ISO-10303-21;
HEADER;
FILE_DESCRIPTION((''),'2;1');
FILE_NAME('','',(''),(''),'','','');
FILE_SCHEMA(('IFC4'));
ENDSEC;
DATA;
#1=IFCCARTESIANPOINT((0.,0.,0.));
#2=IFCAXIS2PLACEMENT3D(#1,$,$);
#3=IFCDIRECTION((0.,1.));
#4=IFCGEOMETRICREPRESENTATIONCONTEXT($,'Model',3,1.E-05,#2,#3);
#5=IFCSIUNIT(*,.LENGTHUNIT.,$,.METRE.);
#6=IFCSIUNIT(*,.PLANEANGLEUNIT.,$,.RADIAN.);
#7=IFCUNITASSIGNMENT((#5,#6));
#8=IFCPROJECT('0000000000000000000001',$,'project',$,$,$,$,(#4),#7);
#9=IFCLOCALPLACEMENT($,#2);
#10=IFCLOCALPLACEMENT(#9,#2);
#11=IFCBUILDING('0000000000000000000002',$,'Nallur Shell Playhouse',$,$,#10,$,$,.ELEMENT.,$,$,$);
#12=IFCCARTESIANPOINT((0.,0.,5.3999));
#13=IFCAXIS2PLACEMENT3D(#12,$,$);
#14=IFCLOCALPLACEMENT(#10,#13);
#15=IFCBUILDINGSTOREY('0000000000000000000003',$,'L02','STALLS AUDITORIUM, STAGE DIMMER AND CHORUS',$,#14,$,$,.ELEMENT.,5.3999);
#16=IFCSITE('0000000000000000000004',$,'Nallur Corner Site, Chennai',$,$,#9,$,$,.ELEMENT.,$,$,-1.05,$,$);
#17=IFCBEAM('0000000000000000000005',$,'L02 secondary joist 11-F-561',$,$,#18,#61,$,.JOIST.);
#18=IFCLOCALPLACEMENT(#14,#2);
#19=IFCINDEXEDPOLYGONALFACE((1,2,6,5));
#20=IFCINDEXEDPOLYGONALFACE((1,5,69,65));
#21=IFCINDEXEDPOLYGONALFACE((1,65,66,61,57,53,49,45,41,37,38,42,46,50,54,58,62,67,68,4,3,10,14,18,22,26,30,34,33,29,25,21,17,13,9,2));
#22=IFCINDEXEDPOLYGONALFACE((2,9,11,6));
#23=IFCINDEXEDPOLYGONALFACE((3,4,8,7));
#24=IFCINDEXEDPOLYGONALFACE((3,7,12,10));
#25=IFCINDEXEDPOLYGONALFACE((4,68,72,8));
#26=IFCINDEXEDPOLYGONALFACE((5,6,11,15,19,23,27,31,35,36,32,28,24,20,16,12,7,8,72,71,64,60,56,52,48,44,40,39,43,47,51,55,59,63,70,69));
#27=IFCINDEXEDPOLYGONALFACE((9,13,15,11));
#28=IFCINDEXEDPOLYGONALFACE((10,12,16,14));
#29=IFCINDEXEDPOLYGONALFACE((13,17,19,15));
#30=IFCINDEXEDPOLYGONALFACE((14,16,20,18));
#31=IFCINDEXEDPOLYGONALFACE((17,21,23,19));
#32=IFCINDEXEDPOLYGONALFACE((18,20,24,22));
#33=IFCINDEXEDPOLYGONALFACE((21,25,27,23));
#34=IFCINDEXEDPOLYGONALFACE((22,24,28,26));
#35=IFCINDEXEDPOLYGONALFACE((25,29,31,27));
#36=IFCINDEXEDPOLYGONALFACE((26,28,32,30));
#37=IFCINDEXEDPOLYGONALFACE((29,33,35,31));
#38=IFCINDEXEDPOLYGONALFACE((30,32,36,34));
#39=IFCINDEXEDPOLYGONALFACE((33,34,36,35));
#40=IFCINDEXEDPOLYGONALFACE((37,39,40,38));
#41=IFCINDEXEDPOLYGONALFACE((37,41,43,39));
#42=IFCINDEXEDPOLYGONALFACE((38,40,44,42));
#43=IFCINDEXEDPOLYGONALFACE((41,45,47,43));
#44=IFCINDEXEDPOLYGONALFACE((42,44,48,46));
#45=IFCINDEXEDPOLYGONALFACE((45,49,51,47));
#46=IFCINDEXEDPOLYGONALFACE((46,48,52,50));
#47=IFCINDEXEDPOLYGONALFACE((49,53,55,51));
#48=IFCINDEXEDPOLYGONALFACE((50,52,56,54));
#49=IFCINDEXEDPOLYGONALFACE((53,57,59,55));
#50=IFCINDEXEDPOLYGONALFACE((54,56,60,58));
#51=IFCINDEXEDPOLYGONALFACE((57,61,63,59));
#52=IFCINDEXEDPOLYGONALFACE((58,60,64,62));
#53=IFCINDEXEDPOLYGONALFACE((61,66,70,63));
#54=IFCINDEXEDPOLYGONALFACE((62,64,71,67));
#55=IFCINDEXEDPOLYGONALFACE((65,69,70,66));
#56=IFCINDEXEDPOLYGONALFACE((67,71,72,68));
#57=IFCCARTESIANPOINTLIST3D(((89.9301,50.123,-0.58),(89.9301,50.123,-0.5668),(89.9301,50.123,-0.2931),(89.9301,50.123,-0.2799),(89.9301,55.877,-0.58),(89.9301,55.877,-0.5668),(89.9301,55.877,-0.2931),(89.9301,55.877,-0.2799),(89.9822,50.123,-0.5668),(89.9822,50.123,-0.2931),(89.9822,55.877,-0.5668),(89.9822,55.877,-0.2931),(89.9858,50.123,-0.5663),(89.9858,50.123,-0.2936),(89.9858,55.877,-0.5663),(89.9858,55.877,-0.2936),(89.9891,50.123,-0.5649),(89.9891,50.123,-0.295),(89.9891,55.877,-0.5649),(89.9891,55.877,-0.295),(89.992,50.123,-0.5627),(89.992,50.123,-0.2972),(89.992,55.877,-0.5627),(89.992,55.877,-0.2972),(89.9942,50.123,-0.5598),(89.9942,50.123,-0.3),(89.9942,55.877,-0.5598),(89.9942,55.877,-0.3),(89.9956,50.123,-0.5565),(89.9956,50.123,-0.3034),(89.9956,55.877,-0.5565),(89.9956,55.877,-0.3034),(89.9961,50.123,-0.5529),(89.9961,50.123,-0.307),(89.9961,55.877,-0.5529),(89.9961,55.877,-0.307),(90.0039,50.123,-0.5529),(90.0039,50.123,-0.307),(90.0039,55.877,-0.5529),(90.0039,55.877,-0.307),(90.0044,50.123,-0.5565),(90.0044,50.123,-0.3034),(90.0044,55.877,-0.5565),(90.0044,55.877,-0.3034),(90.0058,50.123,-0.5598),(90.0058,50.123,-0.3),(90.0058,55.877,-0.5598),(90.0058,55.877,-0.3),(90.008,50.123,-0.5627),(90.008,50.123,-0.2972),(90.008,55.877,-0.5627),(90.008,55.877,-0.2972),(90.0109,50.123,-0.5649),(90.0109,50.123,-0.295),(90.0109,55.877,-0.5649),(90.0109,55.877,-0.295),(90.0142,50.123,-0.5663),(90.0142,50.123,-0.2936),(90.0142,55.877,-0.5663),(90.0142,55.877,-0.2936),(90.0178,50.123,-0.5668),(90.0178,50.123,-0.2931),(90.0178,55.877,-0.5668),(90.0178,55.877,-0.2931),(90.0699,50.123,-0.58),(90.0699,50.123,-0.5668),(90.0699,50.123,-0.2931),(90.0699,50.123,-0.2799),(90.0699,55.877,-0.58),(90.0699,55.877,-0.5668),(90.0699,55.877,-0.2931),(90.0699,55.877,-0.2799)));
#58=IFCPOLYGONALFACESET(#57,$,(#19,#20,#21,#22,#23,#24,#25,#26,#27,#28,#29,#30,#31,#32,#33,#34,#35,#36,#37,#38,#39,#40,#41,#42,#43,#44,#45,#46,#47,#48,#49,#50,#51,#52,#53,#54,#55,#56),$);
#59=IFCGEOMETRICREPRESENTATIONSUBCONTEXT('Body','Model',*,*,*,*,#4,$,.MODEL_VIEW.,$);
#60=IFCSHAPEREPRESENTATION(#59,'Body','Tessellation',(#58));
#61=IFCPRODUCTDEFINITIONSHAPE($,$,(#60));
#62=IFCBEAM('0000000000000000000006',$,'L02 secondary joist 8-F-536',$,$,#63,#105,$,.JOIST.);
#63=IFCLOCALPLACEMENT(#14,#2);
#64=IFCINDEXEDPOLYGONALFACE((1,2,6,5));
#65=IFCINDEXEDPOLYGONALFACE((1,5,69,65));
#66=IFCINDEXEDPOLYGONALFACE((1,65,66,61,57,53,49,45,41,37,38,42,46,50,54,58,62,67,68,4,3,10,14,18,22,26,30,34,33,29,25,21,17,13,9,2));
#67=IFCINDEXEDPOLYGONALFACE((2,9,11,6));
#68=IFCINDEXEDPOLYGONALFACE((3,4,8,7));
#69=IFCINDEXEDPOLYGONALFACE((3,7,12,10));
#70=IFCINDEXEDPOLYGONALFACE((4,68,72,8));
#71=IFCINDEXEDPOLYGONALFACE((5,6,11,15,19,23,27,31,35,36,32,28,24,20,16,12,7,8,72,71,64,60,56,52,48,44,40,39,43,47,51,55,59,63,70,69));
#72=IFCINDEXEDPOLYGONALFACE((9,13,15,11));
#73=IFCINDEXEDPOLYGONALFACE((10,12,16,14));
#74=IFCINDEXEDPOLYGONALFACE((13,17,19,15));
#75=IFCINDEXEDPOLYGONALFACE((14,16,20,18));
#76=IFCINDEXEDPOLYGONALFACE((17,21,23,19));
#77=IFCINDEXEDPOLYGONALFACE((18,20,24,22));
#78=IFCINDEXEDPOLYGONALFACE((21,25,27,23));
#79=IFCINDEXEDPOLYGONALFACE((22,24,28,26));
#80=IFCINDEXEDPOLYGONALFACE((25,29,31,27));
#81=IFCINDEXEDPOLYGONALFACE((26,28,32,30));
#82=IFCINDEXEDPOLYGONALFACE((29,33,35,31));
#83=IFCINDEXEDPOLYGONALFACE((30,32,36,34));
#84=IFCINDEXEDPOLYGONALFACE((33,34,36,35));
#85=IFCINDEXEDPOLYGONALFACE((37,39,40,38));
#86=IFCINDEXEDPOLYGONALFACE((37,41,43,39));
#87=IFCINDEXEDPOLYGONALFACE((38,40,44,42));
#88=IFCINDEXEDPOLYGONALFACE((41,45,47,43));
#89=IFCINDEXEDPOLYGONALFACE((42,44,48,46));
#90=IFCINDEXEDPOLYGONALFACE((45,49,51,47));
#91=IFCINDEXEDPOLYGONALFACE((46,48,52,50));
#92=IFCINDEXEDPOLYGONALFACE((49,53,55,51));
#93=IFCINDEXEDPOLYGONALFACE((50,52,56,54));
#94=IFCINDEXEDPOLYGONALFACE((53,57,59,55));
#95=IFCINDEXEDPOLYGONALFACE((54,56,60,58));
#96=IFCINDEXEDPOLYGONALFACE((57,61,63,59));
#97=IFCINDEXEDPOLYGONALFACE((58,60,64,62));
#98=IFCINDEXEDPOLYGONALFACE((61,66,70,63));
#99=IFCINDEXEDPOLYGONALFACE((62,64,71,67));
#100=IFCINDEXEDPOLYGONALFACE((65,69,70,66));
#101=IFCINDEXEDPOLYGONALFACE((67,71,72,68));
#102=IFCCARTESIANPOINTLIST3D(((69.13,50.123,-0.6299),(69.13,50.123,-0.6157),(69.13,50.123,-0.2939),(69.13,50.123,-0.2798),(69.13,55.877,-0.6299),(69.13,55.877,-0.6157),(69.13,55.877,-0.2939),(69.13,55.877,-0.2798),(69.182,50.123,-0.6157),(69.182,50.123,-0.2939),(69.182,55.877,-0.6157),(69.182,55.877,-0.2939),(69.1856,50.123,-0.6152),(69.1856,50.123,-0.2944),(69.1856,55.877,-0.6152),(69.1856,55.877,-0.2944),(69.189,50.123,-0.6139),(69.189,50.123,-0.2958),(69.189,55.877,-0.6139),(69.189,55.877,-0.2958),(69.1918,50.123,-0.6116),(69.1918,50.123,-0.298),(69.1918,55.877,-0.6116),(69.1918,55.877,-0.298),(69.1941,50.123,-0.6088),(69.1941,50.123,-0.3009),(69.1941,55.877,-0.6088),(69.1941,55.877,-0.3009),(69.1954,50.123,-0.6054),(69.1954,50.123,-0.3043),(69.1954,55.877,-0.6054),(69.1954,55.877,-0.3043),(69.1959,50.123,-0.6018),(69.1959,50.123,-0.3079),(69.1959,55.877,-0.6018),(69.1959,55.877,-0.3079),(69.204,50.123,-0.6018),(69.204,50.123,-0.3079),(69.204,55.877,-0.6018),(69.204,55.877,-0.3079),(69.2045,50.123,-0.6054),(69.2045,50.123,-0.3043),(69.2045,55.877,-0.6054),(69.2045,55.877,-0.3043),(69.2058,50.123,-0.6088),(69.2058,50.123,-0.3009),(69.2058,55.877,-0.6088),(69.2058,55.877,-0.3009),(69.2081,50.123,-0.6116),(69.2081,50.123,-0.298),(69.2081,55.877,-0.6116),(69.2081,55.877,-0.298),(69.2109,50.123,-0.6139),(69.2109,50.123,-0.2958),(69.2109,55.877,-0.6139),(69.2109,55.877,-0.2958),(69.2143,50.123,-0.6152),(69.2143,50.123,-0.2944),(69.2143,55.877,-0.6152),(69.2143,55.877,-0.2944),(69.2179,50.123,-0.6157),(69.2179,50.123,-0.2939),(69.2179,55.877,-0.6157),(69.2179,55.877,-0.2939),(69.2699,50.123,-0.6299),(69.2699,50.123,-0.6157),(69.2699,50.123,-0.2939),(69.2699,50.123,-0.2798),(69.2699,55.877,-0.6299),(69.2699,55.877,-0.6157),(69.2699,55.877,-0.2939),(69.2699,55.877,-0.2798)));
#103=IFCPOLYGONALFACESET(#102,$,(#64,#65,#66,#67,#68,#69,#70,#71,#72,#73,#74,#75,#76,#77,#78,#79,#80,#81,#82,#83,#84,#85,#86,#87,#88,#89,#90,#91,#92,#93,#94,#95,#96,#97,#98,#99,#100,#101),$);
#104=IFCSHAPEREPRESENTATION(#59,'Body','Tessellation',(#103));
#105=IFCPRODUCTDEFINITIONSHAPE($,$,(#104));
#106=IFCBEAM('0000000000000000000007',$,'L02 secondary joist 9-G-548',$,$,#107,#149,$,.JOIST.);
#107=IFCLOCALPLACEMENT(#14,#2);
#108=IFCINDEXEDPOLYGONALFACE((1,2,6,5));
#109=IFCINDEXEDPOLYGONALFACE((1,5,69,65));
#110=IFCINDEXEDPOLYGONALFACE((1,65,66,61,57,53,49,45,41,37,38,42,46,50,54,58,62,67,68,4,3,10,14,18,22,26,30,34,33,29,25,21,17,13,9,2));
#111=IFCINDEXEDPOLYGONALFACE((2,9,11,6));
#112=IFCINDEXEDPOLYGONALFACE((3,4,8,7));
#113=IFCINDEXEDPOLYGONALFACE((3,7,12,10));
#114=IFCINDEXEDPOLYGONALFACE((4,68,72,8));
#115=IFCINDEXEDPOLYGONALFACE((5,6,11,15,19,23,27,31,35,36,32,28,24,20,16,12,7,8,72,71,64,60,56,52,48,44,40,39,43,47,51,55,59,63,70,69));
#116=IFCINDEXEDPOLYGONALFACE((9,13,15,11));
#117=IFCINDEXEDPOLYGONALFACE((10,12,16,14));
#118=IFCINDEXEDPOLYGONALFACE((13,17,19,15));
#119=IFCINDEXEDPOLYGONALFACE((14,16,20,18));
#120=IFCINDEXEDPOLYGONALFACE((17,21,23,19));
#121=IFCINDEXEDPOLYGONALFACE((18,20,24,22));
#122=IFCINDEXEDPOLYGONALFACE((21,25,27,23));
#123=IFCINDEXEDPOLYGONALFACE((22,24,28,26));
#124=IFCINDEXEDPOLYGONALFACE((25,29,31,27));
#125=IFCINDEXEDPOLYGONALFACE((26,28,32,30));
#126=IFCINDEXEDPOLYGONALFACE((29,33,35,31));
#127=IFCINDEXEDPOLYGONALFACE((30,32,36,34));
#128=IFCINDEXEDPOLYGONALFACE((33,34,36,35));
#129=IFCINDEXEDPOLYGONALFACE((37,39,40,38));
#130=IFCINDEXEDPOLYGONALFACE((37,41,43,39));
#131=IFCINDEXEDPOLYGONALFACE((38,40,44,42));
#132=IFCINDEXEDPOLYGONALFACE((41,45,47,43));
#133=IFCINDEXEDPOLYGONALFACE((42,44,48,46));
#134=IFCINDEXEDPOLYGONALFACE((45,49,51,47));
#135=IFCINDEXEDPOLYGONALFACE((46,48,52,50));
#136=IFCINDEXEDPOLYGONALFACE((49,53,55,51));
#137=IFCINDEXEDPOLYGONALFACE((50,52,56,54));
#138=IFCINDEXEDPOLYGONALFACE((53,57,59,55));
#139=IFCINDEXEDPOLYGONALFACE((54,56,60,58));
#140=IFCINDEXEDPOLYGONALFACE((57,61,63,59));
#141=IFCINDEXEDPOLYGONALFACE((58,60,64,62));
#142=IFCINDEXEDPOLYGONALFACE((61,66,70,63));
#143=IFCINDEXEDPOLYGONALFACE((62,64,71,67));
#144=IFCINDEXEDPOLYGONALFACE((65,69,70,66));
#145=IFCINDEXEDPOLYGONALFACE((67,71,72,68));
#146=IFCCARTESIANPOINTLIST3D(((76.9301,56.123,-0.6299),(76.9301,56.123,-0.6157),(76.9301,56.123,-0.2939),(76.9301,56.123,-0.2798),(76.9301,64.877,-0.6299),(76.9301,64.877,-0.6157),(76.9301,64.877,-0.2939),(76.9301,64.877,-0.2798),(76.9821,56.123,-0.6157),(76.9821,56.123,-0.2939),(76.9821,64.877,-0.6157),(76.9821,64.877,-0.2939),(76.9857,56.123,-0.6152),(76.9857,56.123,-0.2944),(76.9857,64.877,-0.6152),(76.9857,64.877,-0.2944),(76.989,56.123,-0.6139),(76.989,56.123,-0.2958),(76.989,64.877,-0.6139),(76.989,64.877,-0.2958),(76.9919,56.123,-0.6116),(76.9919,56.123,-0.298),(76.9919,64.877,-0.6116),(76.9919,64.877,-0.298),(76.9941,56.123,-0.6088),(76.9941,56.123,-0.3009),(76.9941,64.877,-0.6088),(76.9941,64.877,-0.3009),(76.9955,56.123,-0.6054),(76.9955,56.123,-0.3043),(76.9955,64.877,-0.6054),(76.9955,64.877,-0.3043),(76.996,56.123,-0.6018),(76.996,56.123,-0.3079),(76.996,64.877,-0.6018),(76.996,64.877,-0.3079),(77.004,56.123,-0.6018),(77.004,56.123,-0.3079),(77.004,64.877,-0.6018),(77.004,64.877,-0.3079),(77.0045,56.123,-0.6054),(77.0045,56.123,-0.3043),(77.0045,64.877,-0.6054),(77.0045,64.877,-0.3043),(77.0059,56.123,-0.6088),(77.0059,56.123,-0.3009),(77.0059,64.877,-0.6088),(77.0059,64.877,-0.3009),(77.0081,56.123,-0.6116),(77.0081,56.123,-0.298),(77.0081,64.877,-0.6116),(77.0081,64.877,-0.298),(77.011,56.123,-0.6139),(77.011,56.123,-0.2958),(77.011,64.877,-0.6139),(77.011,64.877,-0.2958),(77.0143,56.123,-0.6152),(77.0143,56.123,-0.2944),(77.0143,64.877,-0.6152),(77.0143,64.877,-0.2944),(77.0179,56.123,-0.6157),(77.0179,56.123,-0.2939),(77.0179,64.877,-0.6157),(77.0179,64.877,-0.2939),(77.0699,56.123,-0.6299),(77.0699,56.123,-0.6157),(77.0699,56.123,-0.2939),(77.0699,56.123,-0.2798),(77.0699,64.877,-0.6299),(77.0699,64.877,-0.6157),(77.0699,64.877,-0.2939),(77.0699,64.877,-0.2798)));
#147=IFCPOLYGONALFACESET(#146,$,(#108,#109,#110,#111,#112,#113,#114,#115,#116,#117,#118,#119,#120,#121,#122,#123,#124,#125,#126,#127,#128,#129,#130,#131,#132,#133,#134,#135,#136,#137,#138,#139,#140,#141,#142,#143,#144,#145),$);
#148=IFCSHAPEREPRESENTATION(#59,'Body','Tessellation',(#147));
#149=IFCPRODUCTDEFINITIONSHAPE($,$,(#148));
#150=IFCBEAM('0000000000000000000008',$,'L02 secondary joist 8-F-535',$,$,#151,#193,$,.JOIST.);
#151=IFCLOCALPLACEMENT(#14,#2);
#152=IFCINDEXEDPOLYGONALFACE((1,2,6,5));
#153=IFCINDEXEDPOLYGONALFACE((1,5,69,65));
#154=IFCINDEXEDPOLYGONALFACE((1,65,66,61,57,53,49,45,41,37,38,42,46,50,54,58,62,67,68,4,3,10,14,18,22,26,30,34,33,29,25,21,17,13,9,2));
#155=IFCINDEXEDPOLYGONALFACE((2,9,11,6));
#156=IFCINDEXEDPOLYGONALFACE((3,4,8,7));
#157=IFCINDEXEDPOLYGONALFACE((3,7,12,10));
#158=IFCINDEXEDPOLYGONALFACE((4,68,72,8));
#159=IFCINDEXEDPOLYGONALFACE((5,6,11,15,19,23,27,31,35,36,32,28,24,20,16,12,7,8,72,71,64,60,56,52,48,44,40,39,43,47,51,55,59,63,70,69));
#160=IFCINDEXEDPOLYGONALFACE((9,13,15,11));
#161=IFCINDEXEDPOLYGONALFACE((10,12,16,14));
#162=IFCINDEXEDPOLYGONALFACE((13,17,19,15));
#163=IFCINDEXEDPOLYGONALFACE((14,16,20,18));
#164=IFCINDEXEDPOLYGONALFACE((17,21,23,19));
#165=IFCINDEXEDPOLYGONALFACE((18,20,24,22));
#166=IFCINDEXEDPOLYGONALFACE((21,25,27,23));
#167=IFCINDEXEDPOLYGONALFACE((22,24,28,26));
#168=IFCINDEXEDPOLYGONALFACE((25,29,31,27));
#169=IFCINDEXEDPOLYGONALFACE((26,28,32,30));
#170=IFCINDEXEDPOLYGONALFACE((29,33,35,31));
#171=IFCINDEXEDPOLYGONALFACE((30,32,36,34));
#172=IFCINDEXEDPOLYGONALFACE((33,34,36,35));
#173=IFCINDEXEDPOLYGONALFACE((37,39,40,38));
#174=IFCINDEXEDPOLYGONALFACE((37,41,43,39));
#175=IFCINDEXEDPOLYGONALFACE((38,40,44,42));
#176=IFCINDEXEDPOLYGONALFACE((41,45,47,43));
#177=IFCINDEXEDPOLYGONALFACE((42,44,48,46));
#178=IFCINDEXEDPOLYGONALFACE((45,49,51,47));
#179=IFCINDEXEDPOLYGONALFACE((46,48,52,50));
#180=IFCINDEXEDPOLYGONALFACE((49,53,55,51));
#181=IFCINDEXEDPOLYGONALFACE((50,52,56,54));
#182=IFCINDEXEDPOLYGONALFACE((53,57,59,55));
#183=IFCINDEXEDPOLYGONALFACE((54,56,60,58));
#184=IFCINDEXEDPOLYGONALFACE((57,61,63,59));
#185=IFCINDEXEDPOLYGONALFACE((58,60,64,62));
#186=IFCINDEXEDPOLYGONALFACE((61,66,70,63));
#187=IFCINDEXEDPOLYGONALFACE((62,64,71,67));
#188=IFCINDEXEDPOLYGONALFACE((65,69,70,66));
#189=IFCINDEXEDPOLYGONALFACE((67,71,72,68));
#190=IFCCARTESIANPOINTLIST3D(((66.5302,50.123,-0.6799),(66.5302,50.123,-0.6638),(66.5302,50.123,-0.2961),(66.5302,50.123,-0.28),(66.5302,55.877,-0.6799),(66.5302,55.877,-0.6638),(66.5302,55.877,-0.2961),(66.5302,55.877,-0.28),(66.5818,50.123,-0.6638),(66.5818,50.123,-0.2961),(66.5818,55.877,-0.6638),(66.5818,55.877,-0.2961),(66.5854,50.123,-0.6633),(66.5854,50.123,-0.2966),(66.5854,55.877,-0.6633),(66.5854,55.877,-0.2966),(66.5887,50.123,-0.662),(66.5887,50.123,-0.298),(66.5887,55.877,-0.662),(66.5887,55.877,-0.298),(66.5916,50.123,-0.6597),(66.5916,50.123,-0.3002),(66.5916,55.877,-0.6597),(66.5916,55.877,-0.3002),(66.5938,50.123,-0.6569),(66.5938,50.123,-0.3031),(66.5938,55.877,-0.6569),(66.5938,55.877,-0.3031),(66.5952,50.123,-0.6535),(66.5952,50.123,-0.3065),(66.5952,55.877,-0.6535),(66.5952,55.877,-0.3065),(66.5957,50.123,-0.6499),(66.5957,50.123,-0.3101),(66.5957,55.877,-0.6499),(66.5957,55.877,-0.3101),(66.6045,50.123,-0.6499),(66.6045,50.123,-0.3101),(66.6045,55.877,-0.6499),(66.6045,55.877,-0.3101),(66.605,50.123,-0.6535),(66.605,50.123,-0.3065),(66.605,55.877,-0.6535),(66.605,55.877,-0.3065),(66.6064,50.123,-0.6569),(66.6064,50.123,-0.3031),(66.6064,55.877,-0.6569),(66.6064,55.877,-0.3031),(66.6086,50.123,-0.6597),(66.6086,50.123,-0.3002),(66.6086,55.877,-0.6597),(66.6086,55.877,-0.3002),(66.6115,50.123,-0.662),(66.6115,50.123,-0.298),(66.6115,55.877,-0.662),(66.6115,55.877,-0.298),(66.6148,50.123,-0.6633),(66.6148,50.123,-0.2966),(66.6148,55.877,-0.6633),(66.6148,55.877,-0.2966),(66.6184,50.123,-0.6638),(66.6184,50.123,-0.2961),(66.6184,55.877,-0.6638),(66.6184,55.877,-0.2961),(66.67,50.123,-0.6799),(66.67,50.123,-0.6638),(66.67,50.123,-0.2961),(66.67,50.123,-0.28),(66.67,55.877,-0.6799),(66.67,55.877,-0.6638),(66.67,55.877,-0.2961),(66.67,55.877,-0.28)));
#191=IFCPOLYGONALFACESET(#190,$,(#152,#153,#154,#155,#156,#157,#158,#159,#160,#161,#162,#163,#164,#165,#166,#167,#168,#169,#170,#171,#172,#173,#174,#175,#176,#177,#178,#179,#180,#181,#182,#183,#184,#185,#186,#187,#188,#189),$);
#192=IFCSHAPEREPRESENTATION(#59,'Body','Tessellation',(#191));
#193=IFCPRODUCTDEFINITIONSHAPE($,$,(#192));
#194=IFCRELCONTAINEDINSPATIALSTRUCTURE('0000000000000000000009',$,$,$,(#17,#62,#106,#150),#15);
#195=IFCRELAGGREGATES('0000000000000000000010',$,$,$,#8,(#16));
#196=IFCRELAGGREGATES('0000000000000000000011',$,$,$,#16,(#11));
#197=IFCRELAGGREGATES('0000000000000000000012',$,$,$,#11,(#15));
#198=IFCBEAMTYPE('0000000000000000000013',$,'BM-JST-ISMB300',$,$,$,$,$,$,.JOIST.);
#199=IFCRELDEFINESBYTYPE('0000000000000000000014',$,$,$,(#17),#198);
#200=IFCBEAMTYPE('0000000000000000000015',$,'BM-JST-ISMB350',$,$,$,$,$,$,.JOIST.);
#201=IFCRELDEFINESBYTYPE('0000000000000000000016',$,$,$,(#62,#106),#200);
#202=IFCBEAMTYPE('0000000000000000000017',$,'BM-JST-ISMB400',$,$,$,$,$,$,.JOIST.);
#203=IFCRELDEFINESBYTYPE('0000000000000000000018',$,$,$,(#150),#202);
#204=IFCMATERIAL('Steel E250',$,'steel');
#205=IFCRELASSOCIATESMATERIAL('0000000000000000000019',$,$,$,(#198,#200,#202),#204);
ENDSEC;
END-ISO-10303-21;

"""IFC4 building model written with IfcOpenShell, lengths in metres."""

from ifc_helpers import new_model, si_unit, direction, frame, origin, origin_2d, place, context, subcontext, project, spatial, i_section, extrude, material, material_profile, profile_set, type_object, element, save


model = new_model("IFC4")

# Units and contexts
model_context = context("Model", 3, precision=1e-05, world=origin(), true_north=direction((0.0, 1.0)))
body_context = subcontext(model_context, "Body", "Model", "MODEL_VIEW")
ifc_project = project(units=[si_unit("LENGTHUNIT", "METRE"), si_unit("PLANEANGLEUNIT", "RADIAN")], contexts=[model_context])

# Site, building, storey
site_placement = place(None, origin())
site = spatial("IfcSite", under=ifc_project, at=site_placement, Name="Nallur Corner Site, Chennai", CompositionType="ELEMENT", RefElevation=-1.05)
building_placement = place(site_placement, origin())
building = spatial("IfcBuilding", under=site, at=building_placement, Name="Nallur Shell Playhouse", CompositionType="ELEMENT")
storey_placement = place(building_placement, frame((0.0, 0.0, 5.3999)))
storey = spatial("IfcBuildingStorey", under=building, at=storey_placement, Name="L02", Description="STALLS AUDITORIUM, STAGE DIMMER AND CHORUS", CompositionType="ELEMENT", Elevation=5.3999)

# Beams
ifc_material_1 = material(Name="Steel E250", Category="steel")
ifc_material_profile_1 = material_profile(ifc_material_1, i_section(OverallWidth=0.1399, OverallDepth=0.3, WebThickness=0.0078, FlangeThickness=0.0132, FilletRadius=0.0139, at=origin_2d()), Name="ISMB 300")
ifc_profile_set_1 = profile_set([ifc_material_profile_1], Name="Steel E250")
beam_type_1 = type_object("IfcBeamType", Name="BM-JST-ISMB300", PredefinedType="JOIST", material=ifc_profile_set_1)
for number, where, z_axis, x_axis, name in (
    (1, (90.0, 50.123, -0.4299), (0.0, 1.0, 0.0), (-1.0, 0.0, 0.0), "L02 secondary joist 11-F-561"),
):
    element("IfcBeam", number, at=place(storey_placement, frame(where, z_axis=z_axis, x_axis=x_axis)), inside=storey, type_object=beam_type_1, Name=name, PredefinedType="JOIST", context=body_context, shape_type="SweptSolid", body=[
        extrude(i_section(OverallWidth=0.1399, OverallDepth=0.3, WebThickness=0.0078, FlangeThickness=0.0132, FilletRadius=0.0139, at=origin_2d()), origin(), (0.0, 0.0, 1.0), 5.7539),
    ])
ifc_material_profile_2 = material_profile(ifc_material_1, i_section(OverallWidth=0.1399, OverallDepth=0.3501, WebThickness=0.0081, FlangeThickness=0.0142, FilletRadius=0.0139, at=origin_2d()), Name="ISMB 350")
ifc_profile_set_2 = profile_set([ifc_material_profile_2], Name="Steel E250")
beam_type_2 = type_object("IfcBeamType", Name="BM-JST-ISMB350", PredefinedType="JOIST", material=ifc_profile_set_2)
beam_1_placement = place(storey_placement, frame((69.2, 50.123, -0.4548), z_axis=(0.0, 1.0, 0.0), x_axis=(-1.0, 0.0, 0.0)))
element("IfcBeam", 2, at=beam_1_placement, inside=storey, type_object=beam_type_2, Name="L02 secondary joist 8-F-536", PredefinedType="JOIST", context=body_context, shape_type="SweptSolid", body=[
    extrude(i_section(OverallWidth=0.1399, OverallDepth=0.3501, WebThickness=0.0081, FlangeThickness=0.0142, FilletRadius=0.0139, at=origin_2d()), origin(), (0.0, 0.0, 1.0), 5.7539),
])
beam_2_placement = place(storey_placement, frame((77.0, 56.123, -0.4548), z_axis=(0.0, 1.0, 0.0), x_axis=(-1.0, 0.0, 0.0)))
element("IfcBeam", 3, at=beam_2_placement, inside=storey, type_object=beam_type_2, Name="L02 secondary joist 9-G-548", PredefinedType="JOIST", context=body_context, shape_type="SweptSolid", body=[
    extrude(i_section(OverallWidth=0.1399, OverallDepth=0.3501, WebThickness=0.0081, FlangeThickness=0.0142, FilletRadius=0.0139, at=origin_2d()), origin(), (0.0, 0.0, 1.0), 8.7539),
])
ifc_material_profile_3 = material_profile(ifc_material_1, i_section(OverallWidth=0.1399, OverallDepth=0.3999, WebThickness=0.0088, FlangeThickness=0.0161, FilletRadius=0.0139, at=origin_2d()), Name="ISMB 400")
ifc_profile_set_3 = profile_set([ifc_material_profile_3], Name="Steel E250")
beam_type_3 = type_object("IfcBeamType", Name="BM-JST-ISMB400", PredefinedType="JOIST", material=ifc_profile_set_3)
beam_3_placement = place(storey_placement, frame((66.6001, 50.123, -0.48), z_axis=(0.0, 1.0, 0.0), x_axis=(-1.0, 0.0, 0.0)))
element("IfcBeam", 4, at=beam_3_placement, inside=storey, type_object=beam_type_3, Name="L02 secondary joist 8-F-535", PredefinedType="JOIST", context=body_context, shape_type="SweptSolid", body=[
    extrude(i_section(OverallWidth=0.1399, OverallDepth=0.3999, WebThickness=0.0088, FlangeThickness=0.0161, FilletRadius=0.0139, at=origin_2d()), origin(), (0.0, 0.0, 1.0), 5.7539),
])

save(model, "model.ifc")
